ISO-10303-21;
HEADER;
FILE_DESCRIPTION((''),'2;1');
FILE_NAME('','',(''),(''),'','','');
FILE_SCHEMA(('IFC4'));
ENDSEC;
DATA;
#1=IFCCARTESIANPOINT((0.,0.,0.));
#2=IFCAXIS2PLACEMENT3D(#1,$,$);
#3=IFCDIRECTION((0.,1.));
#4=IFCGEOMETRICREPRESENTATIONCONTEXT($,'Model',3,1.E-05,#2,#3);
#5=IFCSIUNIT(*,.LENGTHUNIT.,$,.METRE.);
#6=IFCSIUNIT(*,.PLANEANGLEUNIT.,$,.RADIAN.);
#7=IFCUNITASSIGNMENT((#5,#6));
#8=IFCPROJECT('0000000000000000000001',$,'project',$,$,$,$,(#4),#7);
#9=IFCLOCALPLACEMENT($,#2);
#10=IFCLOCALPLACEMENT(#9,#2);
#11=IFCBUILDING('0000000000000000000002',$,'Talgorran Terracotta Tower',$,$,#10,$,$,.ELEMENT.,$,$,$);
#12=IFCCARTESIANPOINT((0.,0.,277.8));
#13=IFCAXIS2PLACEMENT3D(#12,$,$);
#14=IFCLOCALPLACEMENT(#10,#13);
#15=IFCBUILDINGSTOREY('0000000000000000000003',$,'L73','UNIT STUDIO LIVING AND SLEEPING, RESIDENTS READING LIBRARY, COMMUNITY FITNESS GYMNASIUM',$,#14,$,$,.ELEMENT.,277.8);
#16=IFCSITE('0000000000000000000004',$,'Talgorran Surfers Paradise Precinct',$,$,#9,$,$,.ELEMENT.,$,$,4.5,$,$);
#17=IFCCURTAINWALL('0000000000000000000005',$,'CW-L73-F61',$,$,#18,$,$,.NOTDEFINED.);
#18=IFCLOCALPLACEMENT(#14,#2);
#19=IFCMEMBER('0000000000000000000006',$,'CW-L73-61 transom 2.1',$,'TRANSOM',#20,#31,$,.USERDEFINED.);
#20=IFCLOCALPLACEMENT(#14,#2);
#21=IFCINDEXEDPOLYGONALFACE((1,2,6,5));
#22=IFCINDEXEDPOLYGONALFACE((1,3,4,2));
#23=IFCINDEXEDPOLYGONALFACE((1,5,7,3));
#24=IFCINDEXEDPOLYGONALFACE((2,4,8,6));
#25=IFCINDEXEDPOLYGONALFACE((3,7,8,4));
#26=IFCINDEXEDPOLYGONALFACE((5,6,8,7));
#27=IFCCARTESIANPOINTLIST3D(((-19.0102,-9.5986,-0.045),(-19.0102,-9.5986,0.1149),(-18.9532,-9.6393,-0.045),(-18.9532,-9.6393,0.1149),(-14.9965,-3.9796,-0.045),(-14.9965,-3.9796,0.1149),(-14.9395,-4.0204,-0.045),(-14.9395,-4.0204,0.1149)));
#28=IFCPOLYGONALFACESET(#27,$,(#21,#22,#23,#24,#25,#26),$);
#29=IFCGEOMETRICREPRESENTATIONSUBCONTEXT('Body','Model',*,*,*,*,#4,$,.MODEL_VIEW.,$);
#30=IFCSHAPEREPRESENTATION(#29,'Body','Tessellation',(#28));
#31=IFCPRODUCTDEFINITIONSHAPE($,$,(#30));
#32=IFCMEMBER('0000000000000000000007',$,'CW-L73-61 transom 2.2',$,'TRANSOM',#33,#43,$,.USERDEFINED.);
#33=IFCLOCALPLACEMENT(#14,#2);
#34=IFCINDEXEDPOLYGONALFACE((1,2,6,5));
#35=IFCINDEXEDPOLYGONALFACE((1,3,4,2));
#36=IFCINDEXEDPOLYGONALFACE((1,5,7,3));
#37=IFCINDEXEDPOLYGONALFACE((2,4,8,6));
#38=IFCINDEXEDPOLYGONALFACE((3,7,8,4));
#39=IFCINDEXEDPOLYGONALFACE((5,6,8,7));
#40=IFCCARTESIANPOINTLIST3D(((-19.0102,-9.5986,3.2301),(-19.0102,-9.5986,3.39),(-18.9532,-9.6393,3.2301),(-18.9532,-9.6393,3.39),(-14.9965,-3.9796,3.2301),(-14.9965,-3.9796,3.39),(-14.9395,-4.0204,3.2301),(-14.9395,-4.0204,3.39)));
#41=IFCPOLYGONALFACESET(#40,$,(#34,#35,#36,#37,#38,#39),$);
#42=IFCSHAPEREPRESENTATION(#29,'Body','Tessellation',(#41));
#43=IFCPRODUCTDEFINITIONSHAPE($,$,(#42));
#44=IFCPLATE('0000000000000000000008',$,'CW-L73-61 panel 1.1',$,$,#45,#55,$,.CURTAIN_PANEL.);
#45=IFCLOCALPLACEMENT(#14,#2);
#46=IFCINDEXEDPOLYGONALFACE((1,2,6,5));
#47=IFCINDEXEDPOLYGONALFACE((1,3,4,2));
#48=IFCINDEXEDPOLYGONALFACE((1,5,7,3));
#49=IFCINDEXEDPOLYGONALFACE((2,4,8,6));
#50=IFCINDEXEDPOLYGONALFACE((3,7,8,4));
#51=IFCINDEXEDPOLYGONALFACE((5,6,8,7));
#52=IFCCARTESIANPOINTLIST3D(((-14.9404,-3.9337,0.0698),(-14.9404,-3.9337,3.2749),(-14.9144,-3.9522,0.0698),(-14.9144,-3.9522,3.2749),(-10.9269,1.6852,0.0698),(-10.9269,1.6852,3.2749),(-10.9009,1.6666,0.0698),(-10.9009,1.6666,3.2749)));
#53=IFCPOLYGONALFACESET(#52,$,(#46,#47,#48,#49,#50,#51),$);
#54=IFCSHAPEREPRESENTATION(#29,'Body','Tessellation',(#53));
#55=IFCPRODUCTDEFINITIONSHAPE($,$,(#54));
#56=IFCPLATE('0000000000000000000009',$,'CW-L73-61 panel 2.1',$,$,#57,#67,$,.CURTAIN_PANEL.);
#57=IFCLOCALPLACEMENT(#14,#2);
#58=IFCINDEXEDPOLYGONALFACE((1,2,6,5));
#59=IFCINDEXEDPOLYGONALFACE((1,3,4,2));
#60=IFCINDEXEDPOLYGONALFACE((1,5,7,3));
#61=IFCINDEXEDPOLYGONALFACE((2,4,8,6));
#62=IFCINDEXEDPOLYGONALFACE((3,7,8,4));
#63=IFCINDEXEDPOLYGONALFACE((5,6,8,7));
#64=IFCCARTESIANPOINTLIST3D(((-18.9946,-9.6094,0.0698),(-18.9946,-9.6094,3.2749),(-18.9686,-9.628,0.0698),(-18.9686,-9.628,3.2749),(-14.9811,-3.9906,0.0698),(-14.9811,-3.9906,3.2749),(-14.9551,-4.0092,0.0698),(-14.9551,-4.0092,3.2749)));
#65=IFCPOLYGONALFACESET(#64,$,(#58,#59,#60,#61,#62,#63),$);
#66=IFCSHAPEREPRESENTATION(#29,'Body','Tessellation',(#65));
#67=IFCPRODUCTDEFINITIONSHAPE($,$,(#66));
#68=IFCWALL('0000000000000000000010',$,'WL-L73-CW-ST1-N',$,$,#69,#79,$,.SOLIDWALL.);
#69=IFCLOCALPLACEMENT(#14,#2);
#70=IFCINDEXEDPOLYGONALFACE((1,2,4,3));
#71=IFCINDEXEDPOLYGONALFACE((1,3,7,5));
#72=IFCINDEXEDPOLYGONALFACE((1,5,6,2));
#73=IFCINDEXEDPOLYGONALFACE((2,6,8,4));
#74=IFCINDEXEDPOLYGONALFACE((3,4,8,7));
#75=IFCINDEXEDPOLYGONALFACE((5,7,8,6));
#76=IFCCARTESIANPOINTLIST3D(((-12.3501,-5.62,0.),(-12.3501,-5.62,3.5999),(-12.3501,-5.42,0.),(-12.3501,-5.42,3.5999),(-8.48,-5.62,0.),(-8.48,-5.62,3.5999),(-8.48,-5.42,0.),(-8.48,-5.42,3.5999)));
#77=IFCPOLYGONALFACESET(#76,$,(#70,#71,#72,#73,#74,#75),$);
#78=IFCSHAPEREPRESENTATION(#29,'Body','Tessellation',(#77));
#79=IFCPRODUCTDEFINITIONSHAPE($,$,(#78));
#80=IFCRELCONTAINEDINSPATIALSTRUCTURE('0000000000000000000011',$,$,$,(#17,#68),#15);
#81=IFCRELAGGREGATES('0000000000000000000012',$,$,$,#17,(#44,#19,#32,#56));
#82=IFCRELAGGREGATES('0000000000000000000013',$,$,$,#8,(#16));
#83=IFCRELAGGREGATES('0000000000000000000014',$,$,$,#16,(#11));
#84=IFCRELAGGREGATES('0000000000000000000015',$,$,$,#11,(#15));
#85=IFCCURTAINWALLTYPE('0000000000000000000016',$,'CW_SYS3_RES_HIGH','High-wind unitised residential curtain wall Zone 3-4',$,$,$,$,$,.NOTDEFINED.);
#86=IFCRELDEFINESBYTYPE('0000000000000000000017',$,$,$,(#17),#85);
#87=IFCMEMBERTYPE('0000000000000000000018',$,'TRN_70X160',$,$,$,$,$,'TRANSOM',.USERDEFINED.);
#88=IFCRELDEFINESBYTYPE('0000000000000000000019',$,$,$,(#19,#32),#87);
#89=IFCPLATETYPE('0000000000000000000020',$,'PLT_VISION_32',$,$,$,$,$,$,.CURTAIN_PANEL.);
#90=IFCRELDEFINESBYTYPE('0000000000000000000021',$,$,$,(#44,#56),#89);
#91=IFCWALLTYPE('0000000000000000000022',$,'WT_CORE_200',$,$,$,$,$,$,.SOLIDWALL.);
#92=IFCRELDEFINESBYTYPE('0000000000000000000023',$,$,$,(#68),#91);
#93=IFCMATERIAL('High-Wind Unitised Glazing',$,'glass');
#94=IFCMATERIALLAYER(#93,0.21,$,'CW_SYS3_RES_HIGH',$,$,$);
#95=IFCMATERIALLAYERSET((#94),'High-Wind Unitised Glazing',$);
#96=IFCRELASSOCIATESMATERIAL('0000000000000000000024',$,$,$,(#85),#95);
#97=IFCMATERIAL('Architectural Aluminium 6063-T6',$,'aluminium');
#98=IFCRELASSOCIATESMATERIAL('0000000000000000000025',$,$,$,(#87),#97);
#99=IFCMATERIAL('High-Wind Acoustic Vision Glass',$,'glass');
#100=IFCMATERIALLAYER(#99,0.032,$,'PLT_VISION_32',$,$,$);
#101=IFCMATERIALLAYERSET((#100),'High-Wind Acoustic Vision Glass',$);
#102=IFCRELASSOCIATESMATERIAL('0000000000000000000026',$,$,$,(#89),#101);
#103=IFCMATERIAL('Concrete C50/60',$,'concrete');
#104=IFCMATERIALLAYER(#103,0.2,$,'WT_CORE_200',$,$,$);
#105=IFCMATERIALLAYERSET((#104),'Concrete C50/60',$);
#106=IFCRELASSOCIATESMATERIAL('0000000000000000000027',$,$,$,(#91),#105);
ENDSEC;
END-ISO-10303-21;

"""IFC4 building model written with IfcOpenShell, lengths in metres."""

from ifc_helpers import new_model, si_unit, direction, frame, frame_2d, origin, origin_2d, place, context, subcontext, project, spatial, rectangle, extrude, source, transform, mapped, material, layer, layer_set, material_profile, profile_set, type_object, type_shapes, element, aggregate, save


model = new_model("IFC4")

# Units and contexts
model_context = context("Model", 3, precision=1e-05, world=origin(), true_north=direction((0.0, 1.0)))
body_context = subcontext(model_context, "Body", "Model", "MODEL_VIEW")
ifc_project = project(units=[si_unit("LENGTHUNIT", "METRE"), si_unit("PLANEANGLEUNIT", "RADIAN")], contexts=[model_context])

# Site, building, storey
site_placement = place(None, origin())
site = spatial("IfcSite", under=ifc_project, at=site_placement, Name="Talgorran Surfers Paradise Precinct", CompositionType="ELEMENT", RefElevation=4.5)
building_placement = place(site_placement, origin())
building = spatial("IfcBuilding", under=site, at=building_placement, Name="Talgorran Terracotta Tower", CompositionType="ELEMENT")
storey_placement = place(building_placement, frame((0.0, 0.0, 277.8)))
storey = spatial("IfcBuildingStorey", under=building, at=storey_placement, Name="L73", Description="UNIT STUDIO LIVING AND SLEEPING, RESIDENTS READING LIBRARY, COMMUNITY FITNESS GYMNASIUM", CompositionType="ELEMENT", Elevation=277.8)

# Curtain wall, members, plates
ifc_material_1 = material(Name="High-Wind Unitised Glazing", Category="glass")
ifc_layer_1 = layer(ifc_material_1, 0.21, Name="CW_SYS3_RES_HIGH")
ifc_layer_set_1 = layer_set([ifc_layer_1], Name="High-Wind Unitised Glazing")
curtain_wall_type = type_object("IfcCurtainWallType", Name="CW_SYS3_RES_HIGH", Description="High-wind unitised residential curtain wall Zone 3-4", PredefinedType="NOTDEFINED", material=ifc_layer_set_1)
curtain_wall_placement = place(storey_placement, origin())
curtain_wall = element("IfcCurtainWall", 1, at=curtain_wall_placement, inside=storey, type_object=curtain_wall_type, Name="CW-L73-F61", PredefinedType="NOTDEFINED")
ifc_material_2 = material(Name="Architectural Aluminium 6063-T6", Category="aluminium")
ifc_material_profile_1 = material_profile(ifc_material_2, rectangle(XDim=0.0701, YDim=0.1599, at=origin_2d()), Name="CWT70X160")
ifc_profile_set_1 = profile_set([ifc_material_profile_1], Name="Architectural Aluminium 6063-T6")
member_type_1 = type_object("IfcMemberType", Name="TRN_70X160", ElementType="TRANSOM", PredefinedType="USERDEFINED", material=ifc_profile_set_1)
member_1_placement = place(storey_placement, frame((-14.968, -4.0, 0.0349), z_axis=(-0.581255, -0.813722, 0.0), x_axis=(0.813722, -0.581255, 0.0)))
member_1 = element("IfcMember", 2, at=member_1_placement, type_object=member_type_1, Name="CW-L73-61 transom 2.1", ObjectType="TRANSOM", PredefinedType="USERDEFINED", context=body_context, shape_type="SweptSolid", body=[
    extrude(rectangle(XDim=0.0701, YDim=0.1599, at=origin_2d()), origin(), (0.0, 0.0, 1.0), 6.9053),
])
member_2_placement = place(storey_placement, frame((-14.968, -4.0, 3.3101), z_axis=(-0.581255, -0.813722, 0.0), x_axis=(0.813722, -0.581255, 0.0)))
member_2 = element("IfcMember", 3, at=member_2_placement, type_object=member_type_1, Name="CW-L73-61 transom 2.2", ObjectType="TRANSOM", PredefinedType="USERDEFINED", context=body_context, shape_type="SweptSolid", body=[
    extrude(rectangle(XDim=0.0701, YDim=0.1599, at=origin_2d()), origin(), (0.0, 0.0, 1.0), 6.9053),
])
ifc_material_3 = material(Name="High-Wind Acoustic Vision Glass", Category="glass")
ifc_layer_2 = layer(ifc_material_3, 0.032, Name="PLT_VISION_32")
ifc_layer_set_2 = layer_set([ifc_layer_2], Name="High-Wind Acoustic Vision Glass")
plate_type = type_object("IfcPlateType", Name="PLT_VISION_32", PredefinedType="CURTAIN_PANEL", material=ifc_layer_set_2)
shared_shape = source(origin(), body_context, "Body", "SweptSolid", [
    extrude(rectangle(XDim=6.905, YDim=0.032, at=origin_2d()), origin(), (0.0, 0.0, 1.0), 3.2051),
])
type_shapes(plate_type, [shared_shape])
plate_1_placement = place(storey_placement, frame((-12.9207, -1.1335, 0.0698), z_axis=(0.0, 0.0, 1.0), x_axis=(-0.581248, -0.813727, 0.0)))
plate_1 = element("IfcPlate", 4, at=plate_1_placement, type_object=plate_type, Name="CW-L73-61 panel 1.1", PredefinedType="CURTAIN_PANEL", context=body_context, shape_type="MappedRepresentation", body=[
    mapped(shared_shape, transform((0.0, 0.0, 0.0), scale=1.0)),
])
plate_2_placement = place(storey_placement, frame((-16.9749, -6.8093, 0.0698), z_axis=(0.0, 0.0, 1.0), x_axis=(-0.581248, -0.813727, 0.0)))
plate_2 = element("IfcPlate", 5, at=plate_2_placement, type_object=plate_type, Name="CW-L73-61 panel 2.1", PredefinedType="CURTAIN_PANEL", context=body_context, shape_type="MappedRepresentation", body=[
    mapped(shared_shape, transform((0.0, 0.0, 0.0), scale=1.0)),
])
aggregate(curtain_wall, [plate_1, member_1, member_2, plate_2])

# Wall
ifc_material_4 = material(Name="Concrete C50/60", Category="concrete")
ifc_layer_3 = layer(ifc_material_4, 0.2, Name="WT_CORE_200")
ifc_layer_set_3 = layer_set([ifc_layer_3], Name="Concrete C50/60")
wall_type_1 = type_object("IfcWallType", Name="WT_CORE_200", PredefinedType="SOLIDWALL", material=ifc_layer_set_3)
wall_1_placement = place(storey_placement, frame((-12.3501, -5.52, 0.0), z_axis=(0.0, 0.0, 1.0), x_axis=(1.0, 0.0, 0.0)))
element("IfcWall", 6, at=wall_1_placement, inside=storey, type_object=wall_type_1, Name="WL-L73-CW-ST1-N", PredefinedType="SOLIDWALL", context=body_context, shape_type="SweptSolid", body=[
    extrude(rectangle(XDim=3.8701, YDim=0.2, at=frame_2d((1.9351, 0.0))), origin(), (0.0, 0.0, 1.0), 3.5999),
])

save(model, "model.ifc")
